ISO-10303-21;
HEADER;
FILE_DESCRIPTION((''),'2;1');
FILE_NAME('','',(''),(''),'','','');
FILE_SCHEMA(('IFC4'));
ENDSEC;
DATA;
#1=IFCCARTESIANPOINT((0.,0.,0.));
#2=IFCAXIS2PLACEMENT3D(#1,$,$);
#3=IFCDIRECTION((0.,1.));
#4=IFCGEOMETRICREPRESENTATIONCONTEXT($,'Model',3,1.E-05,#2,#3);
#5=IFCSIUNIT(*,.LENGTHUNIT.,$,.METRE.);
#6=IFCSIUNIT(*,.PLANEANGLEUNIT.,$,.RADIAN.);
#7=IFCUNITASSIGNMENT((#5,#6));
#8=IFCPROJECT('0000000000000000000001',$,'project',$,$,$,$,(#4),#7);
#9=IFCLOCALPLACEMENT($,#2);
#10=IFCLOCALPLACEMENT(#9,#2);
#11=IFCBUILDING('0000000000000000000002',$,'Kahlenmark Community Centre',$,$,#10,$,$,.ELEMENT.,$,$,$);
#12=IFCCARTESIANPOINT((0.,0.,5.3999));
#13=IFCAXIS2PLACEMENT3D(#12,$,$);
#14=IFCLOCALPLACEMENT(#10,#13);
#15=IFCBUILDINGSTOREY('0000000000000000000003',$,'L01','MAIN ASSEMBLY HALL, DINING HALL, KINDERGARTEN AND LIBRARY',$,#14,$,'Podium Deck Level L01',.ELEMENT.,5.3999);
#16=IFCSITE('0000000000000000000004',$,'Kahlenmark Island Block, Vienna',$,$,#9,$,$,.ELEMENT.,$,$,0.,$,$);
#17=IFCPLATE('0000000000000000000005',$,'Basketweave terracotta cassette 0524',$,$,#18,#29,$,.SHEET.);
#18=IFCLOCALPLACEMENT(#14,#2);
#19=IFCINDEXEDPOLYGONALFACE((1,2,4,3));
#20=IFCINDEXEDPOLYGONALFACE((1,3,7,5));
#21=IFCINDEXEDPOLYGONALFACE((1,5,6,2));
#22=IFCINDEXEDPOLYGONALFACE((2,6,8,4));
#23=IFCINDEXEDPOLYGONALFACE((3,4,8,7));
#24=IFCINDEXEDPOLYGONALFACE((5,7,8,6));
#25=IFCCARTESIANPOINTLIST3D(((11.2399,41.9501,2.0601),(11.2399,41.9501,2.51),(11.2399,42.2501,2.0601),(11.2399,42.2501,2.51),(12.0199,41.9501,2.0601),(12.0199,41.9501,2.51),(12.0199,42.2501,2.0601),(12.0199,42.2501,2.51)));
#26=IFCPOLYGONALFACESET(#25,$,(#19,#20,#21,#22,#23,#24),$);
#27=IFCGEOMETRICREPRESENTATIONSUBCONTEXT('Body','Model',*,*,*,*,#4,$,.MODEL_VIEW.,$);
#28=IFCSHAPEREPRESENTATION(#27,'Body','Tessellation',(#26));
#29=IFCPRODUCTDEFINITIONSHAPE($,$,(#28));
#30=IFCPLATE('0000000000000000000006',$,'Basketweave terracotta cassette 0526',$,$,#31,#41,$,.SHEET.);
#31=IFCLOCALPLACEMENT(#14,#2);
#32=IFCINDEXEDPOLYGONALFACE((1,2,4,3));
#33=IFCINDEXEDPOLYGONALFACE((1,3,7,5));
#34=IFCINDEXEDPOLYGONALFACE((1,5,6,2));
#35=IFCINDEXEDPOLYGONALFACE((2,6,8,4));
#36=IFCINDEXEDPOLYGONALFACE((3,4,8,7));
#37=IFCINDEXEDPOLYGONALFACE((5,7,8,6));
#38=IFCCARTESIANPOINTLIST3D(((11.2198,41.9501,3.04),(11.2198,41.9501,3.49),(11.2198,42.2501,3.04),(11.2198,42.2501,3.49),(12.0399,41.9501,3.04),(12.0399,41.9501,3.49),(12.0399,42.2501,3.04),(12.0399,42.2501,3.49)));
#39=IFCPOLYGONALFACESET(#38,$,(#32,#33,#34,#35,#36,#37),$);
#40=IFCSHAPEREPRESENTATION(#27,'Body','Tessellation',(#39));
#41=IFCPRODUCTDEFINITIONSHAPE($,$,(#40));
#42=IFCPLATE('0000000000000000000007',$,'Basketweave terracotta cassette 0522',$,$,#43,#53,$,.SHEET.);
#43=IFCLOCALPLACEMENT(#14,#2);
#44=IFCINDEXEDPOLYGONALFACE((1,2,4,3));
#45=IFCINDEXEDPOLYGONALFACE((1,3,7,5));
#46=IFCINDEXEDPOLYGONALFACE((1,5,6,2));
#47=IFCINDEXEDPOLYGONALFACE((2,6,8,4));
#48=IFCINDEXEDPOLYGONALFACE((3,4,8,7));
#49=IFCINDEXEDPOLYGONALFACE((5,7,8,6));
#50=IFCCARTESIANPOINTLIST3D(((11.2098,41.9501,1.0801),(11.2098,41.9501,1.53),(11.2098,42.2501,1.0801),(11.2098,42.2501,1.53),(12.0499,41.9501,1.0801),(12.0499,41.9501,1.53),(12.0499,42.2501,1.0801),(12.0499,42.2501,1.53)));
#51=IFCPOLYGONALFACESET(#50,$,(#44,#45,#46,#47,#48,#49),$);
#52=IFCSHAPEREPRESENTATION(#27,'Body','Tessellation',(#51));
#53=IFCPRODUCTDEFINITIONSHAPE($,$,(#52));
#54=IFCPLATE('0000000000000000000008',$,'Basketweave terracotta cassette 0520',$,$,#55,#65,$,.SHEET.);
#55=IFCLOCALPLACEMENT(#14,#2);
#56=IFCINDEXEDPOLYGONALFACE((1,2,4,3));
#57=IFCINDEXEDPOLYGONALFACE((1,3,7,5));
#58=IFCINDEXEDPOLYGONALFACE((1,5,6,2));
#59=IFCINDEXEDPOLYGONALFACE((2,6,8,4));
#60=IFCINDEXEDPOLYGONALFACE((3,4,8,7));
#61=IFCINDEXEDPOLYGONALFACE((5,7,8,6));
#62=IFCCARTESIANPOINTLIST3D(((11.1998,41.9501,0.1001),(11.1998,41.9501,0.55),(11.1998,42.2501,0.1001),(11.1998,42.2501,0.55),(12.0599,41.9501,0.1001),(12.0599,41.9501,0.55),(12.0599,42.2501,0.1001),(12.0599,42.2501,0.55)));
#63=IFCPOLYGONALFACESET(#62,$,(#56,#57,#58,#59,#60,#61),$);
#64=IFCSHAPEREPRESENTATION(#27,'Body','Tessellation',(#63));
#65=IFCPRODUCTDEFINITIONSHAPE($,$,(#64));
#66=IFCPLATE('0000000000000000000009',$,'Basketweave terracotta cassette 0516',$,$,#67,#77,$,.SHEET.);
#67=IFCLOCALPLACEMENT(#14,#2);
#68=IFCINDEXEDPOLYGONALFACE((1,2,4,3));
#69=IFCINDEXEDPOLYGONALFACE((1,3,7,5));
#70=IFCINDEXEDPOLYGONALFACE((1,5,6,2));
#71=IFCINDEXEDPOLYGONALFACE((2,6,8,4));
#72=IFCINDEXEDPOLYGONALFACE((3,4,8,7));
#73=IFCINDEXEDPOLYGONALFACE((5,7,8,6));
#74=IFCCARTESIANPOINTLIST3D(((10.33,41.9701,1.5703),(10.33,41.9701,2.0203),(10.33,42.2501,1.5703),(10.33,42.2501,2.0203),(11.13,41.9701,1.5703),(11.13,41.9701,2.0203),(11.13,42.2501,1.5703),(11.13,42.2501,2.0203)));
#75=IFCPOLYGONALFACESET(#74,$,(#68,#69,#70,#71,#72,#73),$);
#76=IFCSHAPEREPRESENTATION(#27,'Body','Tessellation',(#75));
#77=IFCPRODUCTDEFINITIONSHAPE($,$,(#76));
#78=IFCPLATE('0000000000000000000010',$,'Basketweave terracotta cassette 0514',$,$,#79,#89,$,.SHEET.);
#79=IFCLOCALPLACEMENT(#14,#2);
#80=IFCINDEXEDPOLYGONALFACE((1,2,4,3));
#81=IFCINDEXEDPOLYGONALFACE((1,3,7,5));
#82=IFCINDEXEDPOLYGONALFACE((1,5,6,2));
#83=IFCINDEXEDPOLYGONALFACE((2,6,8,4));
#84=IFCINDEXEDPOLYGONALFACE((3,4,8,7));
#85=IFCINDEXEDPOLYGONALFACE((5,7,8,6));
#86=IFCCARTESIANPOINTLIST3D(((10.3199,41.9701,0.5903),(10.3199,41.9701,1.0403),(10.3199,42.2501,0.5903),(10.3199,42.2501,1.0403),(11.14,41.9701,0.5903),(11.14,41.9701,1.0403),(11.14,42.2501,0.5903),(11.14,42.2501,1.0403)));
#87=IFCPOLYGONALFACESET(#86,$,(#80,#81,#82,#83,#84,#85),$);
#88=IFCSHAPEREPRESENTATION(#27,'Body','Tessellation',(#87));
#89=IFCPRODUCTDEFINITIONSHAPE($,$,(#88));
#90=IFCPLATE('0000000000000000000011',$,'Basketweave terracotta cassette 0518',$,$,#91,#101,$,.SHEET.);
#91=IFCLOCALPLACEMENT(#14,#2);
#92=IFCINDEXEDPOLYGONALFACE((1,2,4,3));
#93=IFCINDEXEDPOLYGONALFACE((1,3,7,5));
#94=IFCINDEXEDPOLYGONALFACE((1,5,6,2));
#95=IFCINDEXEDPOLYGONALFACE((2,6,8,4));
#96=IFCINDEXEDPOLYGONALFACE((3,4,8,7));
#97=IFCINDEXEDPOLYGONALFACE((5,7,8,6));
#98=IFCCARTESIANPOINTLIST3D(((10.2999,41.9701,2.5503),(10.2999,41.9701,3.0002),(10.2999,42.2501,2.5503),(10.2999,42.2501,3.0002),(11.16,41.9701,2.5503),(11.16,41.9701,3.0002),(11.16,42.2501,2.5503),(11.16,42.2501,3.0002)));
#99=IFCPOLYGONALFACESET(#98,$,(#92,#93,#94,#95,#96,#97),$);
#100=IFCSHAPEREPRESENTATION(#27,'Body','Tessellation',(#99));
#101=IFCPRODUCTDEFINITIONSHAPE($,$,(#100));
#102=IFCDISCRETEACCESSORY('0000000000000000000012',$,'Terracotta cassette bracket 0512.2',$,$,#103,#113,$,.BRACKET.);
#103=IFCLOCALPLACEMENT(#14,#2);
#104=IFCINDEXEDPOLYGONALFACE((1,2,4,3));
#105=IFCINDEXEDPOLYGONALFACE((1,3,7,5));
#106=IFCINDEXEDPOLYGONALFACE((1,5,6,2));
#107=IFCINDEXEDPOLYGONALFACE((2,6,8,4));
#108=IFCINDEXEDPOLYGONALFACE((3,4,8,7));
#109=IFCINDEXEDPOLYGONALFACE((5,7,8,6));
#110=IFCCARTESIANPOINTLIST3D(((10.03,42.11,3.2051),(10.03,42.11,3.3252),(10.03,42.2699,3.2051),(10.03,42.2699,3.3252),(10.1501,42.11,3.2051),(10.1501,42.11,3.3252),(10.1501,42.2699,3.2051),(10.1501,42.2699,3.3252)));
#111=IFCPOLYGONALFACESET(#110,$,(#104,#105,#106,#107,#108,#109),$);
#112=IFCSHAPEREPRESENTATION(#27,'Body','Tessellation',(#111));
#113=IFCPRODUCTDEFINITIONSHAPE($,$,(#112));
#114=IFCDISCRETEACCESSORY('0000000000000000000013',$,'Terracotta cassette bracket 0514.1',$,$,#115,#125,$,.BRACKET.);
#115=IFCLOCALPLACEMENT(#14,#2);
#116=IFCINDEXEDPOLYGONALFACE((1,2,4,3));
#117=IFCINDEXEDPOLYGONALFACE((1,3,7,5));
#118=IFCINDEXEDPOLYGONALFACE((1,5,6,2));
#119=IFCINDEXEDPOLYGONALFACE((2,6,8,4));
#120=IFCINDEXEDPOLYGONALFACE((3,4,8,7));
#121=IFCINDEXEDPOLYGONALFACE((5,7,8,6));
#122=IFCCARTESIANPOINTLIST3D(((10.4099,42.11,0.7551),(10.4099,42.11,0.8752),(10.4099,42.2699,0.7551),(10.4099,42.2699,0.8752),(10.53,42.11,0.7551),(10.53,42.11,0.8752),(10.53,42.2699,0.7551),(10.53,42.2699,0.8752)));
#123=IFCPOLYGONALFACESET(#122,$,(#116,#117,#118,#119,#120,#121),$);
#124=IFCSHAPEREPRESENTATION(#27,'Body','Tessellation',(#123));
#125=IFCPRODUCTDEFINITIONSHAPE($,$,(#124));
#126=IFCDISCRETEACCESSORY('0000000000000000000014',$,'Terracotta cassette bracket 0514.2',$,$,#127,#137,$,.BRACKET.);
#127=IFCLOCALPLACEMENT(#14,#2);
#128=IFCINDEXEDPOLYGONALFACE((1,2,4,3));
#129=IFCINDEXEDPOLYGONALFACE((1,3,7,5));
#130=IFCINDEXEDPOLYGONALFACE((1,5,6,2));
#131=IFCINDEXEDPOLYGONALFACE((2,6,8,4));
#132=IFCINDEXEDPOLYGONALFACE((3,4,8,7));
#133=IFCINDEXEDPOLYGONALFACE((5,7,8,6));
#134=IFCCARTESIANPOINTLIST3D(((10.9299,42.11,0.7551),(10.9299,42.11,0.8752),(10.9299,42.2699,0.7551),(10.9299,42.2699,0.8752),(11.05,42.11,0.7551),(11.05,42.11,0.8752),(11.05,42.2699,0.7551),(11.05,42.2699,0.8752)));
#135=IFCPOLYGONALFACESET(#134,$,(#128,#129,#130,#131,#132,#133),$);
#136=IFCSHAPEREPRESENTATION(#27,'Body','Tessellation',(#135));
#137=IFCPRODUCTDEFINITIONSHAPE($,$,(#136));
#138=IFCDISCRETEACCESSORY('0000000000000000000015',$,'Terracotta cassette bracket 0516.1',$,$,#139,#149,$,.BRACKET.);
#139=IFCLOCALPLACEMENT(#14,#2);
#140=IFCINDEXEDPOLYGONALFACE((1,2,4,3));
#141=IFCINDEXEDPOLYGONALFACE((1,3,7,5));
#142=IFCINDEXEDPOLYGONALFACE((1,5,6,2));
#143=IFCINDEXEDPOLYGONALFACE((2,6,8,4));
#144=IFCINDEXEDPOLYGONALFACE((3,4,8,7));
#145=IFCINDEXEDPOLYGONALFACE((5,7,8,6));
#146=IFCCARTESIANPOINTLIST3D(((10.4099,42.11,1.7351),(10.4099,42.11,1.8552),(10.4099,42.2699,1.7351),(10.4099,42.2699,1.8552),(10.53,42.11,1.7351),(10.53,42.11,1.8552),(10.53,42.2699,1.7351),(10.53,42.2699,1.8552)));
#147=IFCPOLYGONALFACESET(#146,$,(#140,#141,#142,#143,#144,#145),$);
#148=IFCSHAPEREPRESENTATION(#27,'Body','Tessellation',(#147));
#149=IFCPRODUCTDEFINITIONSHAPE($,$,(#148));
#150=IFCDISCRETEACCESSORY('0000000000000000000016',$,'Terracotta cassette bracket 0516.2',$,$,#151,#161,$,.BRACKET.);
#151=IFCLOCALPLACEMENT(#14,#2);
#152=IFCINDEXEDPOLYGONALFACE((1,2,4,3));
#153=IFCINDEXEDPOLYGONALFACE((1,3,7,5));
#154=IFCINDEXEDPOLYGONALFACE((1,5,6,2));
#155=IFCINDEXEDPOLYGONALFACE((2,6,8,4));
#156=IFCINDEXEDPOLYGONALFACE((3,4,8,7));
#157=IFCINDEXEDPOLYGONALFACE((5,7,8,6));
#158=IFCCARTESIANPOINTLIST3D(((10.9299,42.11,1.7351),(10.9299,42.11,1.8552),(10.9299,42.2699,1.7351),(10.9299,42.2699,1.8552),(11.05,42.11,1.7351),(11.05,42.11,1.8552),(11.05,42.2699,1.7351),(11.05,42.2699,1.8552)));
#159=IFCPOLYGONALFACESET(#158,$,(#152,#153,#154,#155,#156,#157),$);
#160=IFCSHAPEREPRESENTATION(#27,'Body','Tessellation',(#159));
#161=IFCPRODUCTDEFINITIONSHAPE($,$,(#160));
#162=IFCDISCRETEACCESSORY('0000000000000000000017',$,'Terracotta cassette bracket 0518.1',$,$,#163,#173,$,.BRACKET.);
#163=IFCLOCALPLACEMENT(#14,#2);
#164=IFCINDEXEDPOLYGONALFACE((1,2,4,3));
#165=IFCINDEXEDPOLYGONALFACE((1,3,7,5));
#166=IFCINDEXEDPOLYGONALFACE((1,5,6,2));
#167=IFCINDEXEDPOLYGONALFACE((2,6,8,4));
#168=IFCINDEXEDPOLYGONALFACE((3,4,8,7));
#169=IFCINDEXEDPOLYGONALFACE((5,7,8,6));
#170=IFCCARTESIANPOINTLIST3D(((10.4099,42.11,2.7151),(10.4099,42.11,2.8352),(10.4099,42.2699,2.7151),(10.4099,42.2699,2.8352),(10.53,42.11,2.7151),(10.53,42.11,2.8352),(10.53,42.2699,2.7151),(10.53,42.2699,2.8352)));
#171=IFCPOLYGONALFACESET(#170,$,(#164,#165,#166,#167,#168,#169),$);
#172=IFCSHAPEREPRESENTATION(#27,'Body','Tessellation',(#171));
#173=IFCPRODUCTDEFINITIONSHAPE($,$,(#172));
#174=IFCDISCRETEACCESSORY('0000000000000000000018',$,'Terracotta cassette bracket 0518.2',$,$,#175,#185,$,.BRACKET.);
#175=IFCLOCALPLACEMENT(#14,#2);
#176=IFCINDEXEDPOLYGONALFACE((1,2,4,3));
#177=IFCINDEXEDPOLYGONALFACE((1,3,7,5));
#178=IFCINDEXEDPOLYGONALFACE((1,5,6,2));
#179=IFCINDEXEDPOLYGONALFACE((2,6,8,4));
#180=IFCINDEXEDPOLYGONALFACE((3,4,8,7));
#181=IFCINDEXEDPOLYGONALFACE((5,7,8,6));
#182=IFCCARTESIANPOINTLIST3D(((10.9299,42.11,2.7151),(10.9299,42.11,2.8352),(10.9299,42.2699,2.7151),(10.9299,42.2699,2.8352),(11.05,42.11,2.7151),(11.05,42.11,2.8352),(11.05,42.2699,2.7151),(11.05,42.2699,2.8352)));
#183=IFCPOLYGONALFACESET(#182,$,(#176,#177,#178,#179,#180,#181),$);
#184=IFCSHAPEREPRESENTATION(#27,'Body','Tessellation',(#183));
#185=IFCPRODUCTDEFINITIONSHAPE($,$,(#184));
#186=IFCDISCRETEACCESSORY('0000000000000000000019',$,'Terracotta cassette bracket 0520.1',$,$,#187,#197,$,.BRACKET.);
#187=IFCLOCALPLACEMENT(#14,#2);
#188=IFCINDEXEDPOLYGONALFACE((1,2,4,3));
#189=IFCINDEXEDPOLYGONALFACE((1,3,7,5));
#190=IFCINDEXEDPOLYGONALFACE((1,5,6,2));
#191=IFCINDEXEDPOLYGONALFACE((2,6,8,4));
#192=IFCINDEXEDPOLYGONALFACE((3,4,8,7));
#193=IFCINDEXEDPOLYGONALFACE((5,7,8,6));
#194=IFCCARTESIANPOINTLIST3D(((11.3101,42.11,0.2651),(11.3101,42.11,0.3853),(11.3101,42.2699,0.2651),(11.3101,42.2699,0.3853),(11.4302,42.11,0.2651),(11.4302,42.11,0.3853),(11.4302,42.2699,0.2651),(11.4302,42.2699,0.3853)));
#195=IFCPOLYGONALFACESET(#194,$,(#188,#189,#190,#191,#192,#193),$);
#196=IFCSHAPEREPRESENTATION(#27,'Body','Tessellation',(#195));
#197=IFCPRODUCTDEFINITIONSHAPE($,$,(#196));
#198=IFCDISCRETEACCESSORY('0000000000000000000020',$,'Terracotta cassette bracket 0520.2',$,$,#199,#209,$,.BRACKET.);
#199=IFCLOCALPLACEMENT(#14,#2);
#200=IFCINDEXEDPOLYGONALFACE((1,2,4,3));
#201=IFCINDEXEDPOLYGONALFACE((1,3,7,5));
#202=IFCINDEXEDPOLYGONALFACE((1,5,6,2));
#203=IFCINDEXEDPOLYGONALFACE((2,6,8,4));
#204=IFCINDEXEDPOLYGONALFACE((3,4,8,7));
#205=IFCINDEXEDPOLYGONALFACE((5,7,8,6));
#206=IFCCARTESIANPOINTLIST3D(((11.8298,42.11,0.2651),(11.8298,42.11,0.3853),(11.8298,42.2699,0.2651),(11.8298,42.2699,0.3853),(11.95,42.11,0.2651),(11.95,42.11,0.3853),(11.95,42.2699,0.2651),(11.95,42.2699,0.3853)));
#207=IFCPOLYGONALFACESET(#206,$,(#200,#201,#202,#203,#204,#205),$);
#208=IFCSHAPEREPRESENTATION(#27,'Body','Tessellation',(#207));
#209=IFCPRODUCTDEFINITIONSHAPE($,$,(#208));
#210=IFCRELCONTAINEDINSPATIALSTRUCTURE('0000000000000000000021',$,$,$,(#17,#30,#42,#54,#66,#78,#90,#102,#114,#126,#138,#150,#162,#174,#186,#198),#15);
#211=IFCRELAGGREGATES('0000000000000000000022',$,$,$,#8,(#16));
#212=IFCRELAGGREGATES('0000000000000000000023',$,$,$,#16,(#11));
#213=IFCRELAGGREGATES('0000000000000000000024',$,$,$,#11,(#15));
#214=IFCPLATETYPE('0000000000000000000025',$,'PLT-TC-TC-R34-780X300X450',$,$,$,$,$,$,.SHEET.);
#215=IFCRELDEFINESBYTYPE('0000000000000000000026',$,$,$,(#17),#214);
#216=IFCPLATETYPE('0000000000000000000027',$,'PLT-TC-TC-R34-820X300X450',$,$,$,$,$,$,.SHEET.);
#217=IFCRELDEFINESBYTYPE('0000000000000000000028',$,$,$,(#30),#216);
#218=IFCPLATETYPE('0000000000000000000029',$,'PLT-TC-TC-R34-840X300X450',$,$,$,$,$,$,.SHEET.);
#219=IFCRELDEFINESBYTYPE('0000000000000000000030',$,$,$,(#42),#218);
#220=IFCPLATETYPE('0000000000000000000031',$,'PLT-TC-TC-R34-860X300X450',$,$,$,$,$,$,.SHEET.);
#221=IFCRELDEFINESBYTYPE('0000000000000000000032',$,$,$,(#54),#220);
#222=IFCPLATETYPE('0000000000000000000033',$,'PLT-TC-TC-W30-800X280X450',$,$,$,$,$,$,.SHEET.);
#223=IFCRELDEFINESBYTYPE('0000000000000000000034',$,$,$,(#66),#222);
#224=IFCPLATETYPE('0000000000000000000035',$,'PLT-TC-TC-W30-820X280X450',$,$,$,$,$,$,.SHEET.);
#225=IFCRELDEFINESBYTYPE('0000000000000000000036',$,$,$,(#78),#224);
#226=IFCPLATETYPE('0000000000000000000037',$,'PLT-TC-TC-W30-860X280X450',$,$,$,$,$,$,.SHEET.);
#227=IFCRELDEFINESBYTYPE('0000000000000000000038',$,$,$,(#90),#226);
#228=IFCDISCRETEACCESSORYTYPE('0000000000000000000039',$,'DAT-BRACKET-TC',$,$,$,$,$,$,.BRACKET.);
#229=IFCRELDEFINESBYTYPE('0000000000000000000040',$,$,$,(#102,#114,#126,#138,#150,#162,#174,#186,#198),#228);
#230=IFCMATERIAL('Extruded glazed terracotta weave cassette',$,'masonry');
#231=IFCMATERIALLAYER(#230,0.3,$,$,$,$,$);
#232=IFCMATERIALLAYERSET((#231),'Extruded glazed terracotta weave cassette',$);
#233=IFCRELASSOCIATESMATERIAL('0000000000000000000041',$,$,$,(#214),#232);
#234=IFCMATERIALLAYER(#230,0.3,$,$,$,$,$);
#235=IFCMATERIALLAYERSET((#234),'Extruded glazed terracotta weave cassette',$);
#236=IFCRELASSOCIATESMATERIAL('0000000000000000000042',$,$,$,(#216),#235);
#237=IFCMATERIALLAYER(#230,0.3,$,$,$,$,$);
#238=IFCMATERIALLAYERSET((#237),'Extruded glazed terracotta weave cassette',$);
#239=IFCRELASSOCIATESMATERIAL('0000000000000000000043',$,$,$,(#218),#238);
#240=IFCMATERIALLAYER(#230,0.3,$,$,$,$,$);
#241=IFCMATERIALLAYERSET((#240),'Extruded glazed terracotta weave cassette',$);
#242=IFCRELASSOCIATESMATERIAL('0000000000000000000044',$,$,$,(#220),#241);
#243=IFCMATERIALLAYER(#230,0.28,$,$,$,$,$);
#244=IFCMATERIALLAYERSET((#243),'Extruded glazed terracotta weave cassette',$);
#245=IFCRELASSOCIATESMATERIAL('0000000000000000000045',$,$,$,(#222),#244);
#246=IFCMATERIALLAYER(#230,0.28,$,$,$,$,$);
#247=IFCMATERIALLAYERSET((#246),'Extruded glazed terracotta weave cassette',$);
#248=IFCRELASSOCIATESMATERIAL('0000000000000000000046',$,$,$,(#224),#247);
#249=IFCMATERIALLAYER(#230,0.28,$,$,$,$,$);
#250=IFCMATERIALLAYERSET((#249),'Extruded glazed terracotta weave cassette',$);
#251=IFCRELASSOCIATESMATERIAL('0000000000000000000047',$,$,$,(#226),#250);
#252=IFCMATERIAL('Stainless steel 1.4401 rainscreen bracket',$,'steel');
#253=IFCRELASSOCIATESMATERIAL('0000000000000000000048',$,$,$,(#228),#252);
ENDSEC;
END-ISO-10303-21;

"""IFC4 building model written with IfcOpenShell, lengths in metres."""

from ifc_helpers import new_model, si_unit, direction, frame, origin, origin_2d, place, context, subcontext, project, spatial, rectangle, extrude, material, layer, layer_set, type_object, element, save


model = new_model("IFC4")

# Units and contexts
model_context = context("Model", 3, precision=1e-05, world=origin(), true_north=direction((0.0, 1.0)))
body_context = subcontext(model_context, "Body", "Model", "MODEL_VIEW")
ifc_project = project(units=[si_unit("LENGTHUNIT", "METRE"), si_unit("PLANEANGLEUNIT", "RADIAN")], contexts=[model_context])

# Site, building, storey
site_placement = place(None, origin())
site = spatial("IfcSite", under=ifc_project, at=site_placement, Name="Kahlenmark Island Block, Vienna", CompositionType="ELEMENT", RefElevation=0.0)
building_placement = place(site_placement, origin())
building = spatial("IfcBuilding", under=site, at=building_placement, Name="Kahlenmark Community Centre", CompositionType="ELEMENT")
storey_placement = place(building_placement, frame((0.0, 0.0, 5.3999)))
storey = spatial("IfcBuildingStorey", under=building, at=storey_placement, Name="L01", Description="MAIN ASSEMBLY HALL, DINING HALL, KINDERGARTEN AND LIBRARY", LongName="Podium Deck Level L01", CompositionType="ELEMENT", Elevation=5.3999)

# Plates
ifc_material_1 = material(Name="Extruded glazed terracotta weave cassette", Category="masonry")
ifc_layer_1 = layer(ifc_material_1, 0.3)
ifc_layer_set_1 = layer_set([ifc_layer_1], Name="Extruded glazed terracotta weave cassette")
plate_type_1 = type_object("IfcPlateType", Name="PLT-TC-TC-R34-780X300X450", PredefinedType="SHEET", material=ifc_layer_set_1)
plate_1_placement = place(storey_placement, frame((11.6299, 42.1001, 2.0601), z_axis=(0.0, 0.0, 1.0), x_axis=(1.0, 0.0, 0.0)))
element("IfcPlate", 1, at=plate_1_placement, inside=storey, type_object=plate_type_1, Name="Basketweave terracotta cassette 0524", PredefinedType="SHEET", context=body_context, shape_type="SweptSolid", body=[
    extrude(rectangle(XDim=0.78, YDim=0.3, at=origin_2d()), origin(), (0.0, 0.0, 1.0), 0.45),
])
ifc_layer_2 = layer(ifc_material_1, 0.3)
ifc_layer_set_2 = layer_set([ifc_layer_2], Name="Extruded glazed terracotta weave cassette")
plate_type_2 = type_object("IfcPlateType", Name="PLT-TC-TC-R34-820X300X450", PredefinedType="SHEET", material=ifc_layer_set_2)
plate_2_placement = place(storey_placement, frame((11.6299, 42.1001, 3.04), z_axis=(0.0, 0.0, 1.0), x_axis=(1.0, 0.0, 0.0)))
element("IfcPlate", 2, at=plate_2_placement, inside=storey, type_object=plate_type_2, Name="Basketweave terracotta cassette 0526", PredefinedType="SHEET", context=body_context, shape_type="SweptSolid", body=[
    extrude(rectangle(XDim=0.8201, YDim=0.3, at=origin_2d()), origin(), (0.0, 0.0, 1.0), 0.45),
])
ifc_layer_3 = layer(ifc_material_1, 0.3)
ifc_layer_set_3 = layer_set([ifc_layer_3], Name="Extruded glazed terracotta weave cassette")
plate_type_3 = type_object("IfcPlateType", Name="PLT-TC-TC-R34-840X300X450", PredefinedType="SHEET", material=ifc_layer_set_3)
plate_3_placement = place(storey_placement, frame((11.6299, 42.1001, 1.0801), z_axis=(0.0, 0.0, 1.0), x_axis=(1.0, 0.0, 0.0)))
element("IfcPlate", 3, at=plate_3_placement, inside=storey, type_object=plate_type_3, Name="Basketweave terracotta cassette 0522", PredefinedType="SHEET", context=body_context, shape_type="SweptSolid", body=[
    extrude(rectangle(XDim=0.8401, YDim=0.3, at=origin_2d()), origin(), (0.0, 0.0, 1.0), 0.45),
])
ifc_layer_4 = layer(ifc_material_1, 0.3)
ifc_layer_set_4 = layer_set([ifc_layer_4], Name="Extruded glazed terracotta weave cassette")
plate_type_4 = type_object("IfcPlateType", Name="PLT-TC-TC-R34-860X300X450", PredefinedType="SHEET", material=ifc_layer_set_4)
plate_4_placement = place(storey_placement, frame((11.6299, 42.1001, 0.1001), z_axis=(0.0, 0.0, 1.0), x_axis=(1.0, 0.0, 0.0)))
element("IfcPlate", 4, at=plate_4_placement, inside=storey, type_object=plate_type_4, Name="Basketweave terracotta cassette 0520", PredefinedType="SHEET", context=body_context, shape_type="SweptSolid", body=[
    extrude(rectangle(XDim=0.8601, YDim=0.3, at=origin_2d()), origin(), (0.0, 0.0, 1.0), 0.45),
])
ifc_layer_5 = layer(ifc_material_1, 0.28)
ifc_layer_set_5 = layer_set([ifc_layer_5], Name="Extruded glazed terracotta weave cassette")
plate_type_5 = type_object("IfcPlateType", Name="PLT-TC-TC-W30-800X280X450", PredefinedType="SHEET", material=ifc_layer_set_5)
plate_5_placement = place(storey_placement, frame((10.73, 42.1101, 1.5703), z_axis=(0.0, 0.0, 1.0), x_axis=(1.0, 0.0, 0.0)))
element("IfcPlate", 5, at=plate_5_placement, inside=storey, type_object=plate_type_5, Name="Basketweave terracotta cassette 0516", PredefinedType="SHEET", context=body_context, shape_type="SweptSolid", body=[
    extrude(rectangle(XDim=0.8, YDim=0.28, at=origin_2d()), origin(), (0.0, 0.0, 1.0), 0.45),
])
ifc_layer_6 = layer(ifc_material_1, 0.28)
ifc_layer_set_6 = layer_set([ifc_layer_6], Name="Extruded glazed terracotta weave cassette")
plate_type_6 = type_object("IfcPlateType", Name="PLT-TC-TC-W30-820X280X450", PredefinedType="SHEET", material=ifc_layer_set_6)
plate_6_placement = place(storey_placement, frame((10.73, 42.1101, 0.5903), z_axis=(0.0, 0.0, 1.0), x_axis=(1.0, 0.0, 0.0)))
element("IfcPlate", 6, at=plate_6_placement, inside=storey, type_object=plate_type_6, Name="Basketweave terracotta cassette 0514", PredefinedType="SHEET", context=body_context, shape_type="SweptSolid", body=[
    extrude(rectangle(XDim=0.8201, YDim=0.28, at=origin_2d()), origin(), (0.0, 0.0, 1.0), 0.45),
])
ifc_layer_7 = layer(ifc_material_1, 0.28)
ifc_layer_set_7 = layer_set([ifc_layer_7], Name="Extruded glazed terracotta weave cassette")
plate_type_7 = type_object("IfcPlateType", Name="PLT-TC-TC-W30-860X280X450", PredefinedType="SHEET", material=ifc_layer_set_7)
plate_7_placement = place(storey_placement, frame((10.73, 42.1101, 2.5503), z_axis=(0.0, 0.0, 1.0), x_axis=(1.0, 0.0, 0.0)))
element("IfcPlate", 7, at=plate_7_placement, inside=storey, type_object=plate_type_7, Name="Basketweave terracotta cassette 0518", PredefinedType="SHEET", context=body_context, shape_type="SweptSolid", body=[
    extrude(rectangle(XDim=0.8601, YDim=0.28, at=origin_2d()), origin(), (0.0, 0.0, 1.0), 0.45),
])

# Discrete accessories
ifc_material_2 = material(Name="Stainless steel 1.4401 rainscreen bracket", Category="steel")
discrete_accessory_type = type_object("IfcDiscreteAccessoryType", Name="DAT-BRACKET-TC", PredefinedType="BRACKET", material=ifc_material_2)
for number, where, z_axis, x_axis, name in (
    (8, (10.0901, 42.1899, 3.2051), (0.0, 0.0, 1.0), (1.0, 0.0, 0.0), "Terracotta cassette bracket 0512.2"),
    (9, (10.47, 42.1899, 0.7551), (0.0, 0.0, 1.0), (1.0, 0.0, 0.0), "Terracotta cassette bracket 0514.1"),
    (10, (10.99, 42.1899, 0.7551), (0.0, 0.0, 1.0), (1.0, 0.0, 0.0), "Terracotta cassette bracket 0514.2"),
    (11, (10.47, 42.1899, 1.7351), (0.0, 0.0, 1.0), (1.0, 0.0, 0.0), "Terracotta cassette bracket 0516.1"),
    (12, (10.99, 42.1899, 1.7351), (0.0, 0.0, 1.0), (1.0, 0.0, 0.0), "Terracotta cassette bracket 0516.2"),
    (13, (10.47, 42.1899, 2.7151), (0.0, 0.0, 1.0), (1.0, 0.0, 0.0), "Terracotta cassette bracket 0518.1"),
    (14, (10.99, 42.1899, 2.7151), (0.0, 0.0, 1.0), (1.0, 0.0, 0.0), "Terracotta cassette bracket 0518.2"),
    (15, (11.3701, 42.1899, 0.2651), (0.0, 0.0, 1.0), (1.0, 0.0, 0.0), "Terracotta cassette bracket 0520.1"),
    (16, (11.8899, 42.1899, 0.2651), (0.0, 0.0, 1.0), (1.0, 0.0, 0.0), "Terracotta cassette bracket 0520.2"),
):
    element("IfcDiscreteAccessory", number, at=place(storey_placement, frame(where, z_axis=z_axis, x_axis=x_axis)), inside=storey, type_object=discrete_accessory_type, Name=name, PredefinedType="BRACKET", context=body_context, shape_type="SweptSolid", body=[
        extrude(rectangle(XDim=0.1201, YDim=0.1599, at=origin_2d()), origin(), (0.0, 0.0, 1.0), 0.1201),
    ])

save(model, "model.ifc")
